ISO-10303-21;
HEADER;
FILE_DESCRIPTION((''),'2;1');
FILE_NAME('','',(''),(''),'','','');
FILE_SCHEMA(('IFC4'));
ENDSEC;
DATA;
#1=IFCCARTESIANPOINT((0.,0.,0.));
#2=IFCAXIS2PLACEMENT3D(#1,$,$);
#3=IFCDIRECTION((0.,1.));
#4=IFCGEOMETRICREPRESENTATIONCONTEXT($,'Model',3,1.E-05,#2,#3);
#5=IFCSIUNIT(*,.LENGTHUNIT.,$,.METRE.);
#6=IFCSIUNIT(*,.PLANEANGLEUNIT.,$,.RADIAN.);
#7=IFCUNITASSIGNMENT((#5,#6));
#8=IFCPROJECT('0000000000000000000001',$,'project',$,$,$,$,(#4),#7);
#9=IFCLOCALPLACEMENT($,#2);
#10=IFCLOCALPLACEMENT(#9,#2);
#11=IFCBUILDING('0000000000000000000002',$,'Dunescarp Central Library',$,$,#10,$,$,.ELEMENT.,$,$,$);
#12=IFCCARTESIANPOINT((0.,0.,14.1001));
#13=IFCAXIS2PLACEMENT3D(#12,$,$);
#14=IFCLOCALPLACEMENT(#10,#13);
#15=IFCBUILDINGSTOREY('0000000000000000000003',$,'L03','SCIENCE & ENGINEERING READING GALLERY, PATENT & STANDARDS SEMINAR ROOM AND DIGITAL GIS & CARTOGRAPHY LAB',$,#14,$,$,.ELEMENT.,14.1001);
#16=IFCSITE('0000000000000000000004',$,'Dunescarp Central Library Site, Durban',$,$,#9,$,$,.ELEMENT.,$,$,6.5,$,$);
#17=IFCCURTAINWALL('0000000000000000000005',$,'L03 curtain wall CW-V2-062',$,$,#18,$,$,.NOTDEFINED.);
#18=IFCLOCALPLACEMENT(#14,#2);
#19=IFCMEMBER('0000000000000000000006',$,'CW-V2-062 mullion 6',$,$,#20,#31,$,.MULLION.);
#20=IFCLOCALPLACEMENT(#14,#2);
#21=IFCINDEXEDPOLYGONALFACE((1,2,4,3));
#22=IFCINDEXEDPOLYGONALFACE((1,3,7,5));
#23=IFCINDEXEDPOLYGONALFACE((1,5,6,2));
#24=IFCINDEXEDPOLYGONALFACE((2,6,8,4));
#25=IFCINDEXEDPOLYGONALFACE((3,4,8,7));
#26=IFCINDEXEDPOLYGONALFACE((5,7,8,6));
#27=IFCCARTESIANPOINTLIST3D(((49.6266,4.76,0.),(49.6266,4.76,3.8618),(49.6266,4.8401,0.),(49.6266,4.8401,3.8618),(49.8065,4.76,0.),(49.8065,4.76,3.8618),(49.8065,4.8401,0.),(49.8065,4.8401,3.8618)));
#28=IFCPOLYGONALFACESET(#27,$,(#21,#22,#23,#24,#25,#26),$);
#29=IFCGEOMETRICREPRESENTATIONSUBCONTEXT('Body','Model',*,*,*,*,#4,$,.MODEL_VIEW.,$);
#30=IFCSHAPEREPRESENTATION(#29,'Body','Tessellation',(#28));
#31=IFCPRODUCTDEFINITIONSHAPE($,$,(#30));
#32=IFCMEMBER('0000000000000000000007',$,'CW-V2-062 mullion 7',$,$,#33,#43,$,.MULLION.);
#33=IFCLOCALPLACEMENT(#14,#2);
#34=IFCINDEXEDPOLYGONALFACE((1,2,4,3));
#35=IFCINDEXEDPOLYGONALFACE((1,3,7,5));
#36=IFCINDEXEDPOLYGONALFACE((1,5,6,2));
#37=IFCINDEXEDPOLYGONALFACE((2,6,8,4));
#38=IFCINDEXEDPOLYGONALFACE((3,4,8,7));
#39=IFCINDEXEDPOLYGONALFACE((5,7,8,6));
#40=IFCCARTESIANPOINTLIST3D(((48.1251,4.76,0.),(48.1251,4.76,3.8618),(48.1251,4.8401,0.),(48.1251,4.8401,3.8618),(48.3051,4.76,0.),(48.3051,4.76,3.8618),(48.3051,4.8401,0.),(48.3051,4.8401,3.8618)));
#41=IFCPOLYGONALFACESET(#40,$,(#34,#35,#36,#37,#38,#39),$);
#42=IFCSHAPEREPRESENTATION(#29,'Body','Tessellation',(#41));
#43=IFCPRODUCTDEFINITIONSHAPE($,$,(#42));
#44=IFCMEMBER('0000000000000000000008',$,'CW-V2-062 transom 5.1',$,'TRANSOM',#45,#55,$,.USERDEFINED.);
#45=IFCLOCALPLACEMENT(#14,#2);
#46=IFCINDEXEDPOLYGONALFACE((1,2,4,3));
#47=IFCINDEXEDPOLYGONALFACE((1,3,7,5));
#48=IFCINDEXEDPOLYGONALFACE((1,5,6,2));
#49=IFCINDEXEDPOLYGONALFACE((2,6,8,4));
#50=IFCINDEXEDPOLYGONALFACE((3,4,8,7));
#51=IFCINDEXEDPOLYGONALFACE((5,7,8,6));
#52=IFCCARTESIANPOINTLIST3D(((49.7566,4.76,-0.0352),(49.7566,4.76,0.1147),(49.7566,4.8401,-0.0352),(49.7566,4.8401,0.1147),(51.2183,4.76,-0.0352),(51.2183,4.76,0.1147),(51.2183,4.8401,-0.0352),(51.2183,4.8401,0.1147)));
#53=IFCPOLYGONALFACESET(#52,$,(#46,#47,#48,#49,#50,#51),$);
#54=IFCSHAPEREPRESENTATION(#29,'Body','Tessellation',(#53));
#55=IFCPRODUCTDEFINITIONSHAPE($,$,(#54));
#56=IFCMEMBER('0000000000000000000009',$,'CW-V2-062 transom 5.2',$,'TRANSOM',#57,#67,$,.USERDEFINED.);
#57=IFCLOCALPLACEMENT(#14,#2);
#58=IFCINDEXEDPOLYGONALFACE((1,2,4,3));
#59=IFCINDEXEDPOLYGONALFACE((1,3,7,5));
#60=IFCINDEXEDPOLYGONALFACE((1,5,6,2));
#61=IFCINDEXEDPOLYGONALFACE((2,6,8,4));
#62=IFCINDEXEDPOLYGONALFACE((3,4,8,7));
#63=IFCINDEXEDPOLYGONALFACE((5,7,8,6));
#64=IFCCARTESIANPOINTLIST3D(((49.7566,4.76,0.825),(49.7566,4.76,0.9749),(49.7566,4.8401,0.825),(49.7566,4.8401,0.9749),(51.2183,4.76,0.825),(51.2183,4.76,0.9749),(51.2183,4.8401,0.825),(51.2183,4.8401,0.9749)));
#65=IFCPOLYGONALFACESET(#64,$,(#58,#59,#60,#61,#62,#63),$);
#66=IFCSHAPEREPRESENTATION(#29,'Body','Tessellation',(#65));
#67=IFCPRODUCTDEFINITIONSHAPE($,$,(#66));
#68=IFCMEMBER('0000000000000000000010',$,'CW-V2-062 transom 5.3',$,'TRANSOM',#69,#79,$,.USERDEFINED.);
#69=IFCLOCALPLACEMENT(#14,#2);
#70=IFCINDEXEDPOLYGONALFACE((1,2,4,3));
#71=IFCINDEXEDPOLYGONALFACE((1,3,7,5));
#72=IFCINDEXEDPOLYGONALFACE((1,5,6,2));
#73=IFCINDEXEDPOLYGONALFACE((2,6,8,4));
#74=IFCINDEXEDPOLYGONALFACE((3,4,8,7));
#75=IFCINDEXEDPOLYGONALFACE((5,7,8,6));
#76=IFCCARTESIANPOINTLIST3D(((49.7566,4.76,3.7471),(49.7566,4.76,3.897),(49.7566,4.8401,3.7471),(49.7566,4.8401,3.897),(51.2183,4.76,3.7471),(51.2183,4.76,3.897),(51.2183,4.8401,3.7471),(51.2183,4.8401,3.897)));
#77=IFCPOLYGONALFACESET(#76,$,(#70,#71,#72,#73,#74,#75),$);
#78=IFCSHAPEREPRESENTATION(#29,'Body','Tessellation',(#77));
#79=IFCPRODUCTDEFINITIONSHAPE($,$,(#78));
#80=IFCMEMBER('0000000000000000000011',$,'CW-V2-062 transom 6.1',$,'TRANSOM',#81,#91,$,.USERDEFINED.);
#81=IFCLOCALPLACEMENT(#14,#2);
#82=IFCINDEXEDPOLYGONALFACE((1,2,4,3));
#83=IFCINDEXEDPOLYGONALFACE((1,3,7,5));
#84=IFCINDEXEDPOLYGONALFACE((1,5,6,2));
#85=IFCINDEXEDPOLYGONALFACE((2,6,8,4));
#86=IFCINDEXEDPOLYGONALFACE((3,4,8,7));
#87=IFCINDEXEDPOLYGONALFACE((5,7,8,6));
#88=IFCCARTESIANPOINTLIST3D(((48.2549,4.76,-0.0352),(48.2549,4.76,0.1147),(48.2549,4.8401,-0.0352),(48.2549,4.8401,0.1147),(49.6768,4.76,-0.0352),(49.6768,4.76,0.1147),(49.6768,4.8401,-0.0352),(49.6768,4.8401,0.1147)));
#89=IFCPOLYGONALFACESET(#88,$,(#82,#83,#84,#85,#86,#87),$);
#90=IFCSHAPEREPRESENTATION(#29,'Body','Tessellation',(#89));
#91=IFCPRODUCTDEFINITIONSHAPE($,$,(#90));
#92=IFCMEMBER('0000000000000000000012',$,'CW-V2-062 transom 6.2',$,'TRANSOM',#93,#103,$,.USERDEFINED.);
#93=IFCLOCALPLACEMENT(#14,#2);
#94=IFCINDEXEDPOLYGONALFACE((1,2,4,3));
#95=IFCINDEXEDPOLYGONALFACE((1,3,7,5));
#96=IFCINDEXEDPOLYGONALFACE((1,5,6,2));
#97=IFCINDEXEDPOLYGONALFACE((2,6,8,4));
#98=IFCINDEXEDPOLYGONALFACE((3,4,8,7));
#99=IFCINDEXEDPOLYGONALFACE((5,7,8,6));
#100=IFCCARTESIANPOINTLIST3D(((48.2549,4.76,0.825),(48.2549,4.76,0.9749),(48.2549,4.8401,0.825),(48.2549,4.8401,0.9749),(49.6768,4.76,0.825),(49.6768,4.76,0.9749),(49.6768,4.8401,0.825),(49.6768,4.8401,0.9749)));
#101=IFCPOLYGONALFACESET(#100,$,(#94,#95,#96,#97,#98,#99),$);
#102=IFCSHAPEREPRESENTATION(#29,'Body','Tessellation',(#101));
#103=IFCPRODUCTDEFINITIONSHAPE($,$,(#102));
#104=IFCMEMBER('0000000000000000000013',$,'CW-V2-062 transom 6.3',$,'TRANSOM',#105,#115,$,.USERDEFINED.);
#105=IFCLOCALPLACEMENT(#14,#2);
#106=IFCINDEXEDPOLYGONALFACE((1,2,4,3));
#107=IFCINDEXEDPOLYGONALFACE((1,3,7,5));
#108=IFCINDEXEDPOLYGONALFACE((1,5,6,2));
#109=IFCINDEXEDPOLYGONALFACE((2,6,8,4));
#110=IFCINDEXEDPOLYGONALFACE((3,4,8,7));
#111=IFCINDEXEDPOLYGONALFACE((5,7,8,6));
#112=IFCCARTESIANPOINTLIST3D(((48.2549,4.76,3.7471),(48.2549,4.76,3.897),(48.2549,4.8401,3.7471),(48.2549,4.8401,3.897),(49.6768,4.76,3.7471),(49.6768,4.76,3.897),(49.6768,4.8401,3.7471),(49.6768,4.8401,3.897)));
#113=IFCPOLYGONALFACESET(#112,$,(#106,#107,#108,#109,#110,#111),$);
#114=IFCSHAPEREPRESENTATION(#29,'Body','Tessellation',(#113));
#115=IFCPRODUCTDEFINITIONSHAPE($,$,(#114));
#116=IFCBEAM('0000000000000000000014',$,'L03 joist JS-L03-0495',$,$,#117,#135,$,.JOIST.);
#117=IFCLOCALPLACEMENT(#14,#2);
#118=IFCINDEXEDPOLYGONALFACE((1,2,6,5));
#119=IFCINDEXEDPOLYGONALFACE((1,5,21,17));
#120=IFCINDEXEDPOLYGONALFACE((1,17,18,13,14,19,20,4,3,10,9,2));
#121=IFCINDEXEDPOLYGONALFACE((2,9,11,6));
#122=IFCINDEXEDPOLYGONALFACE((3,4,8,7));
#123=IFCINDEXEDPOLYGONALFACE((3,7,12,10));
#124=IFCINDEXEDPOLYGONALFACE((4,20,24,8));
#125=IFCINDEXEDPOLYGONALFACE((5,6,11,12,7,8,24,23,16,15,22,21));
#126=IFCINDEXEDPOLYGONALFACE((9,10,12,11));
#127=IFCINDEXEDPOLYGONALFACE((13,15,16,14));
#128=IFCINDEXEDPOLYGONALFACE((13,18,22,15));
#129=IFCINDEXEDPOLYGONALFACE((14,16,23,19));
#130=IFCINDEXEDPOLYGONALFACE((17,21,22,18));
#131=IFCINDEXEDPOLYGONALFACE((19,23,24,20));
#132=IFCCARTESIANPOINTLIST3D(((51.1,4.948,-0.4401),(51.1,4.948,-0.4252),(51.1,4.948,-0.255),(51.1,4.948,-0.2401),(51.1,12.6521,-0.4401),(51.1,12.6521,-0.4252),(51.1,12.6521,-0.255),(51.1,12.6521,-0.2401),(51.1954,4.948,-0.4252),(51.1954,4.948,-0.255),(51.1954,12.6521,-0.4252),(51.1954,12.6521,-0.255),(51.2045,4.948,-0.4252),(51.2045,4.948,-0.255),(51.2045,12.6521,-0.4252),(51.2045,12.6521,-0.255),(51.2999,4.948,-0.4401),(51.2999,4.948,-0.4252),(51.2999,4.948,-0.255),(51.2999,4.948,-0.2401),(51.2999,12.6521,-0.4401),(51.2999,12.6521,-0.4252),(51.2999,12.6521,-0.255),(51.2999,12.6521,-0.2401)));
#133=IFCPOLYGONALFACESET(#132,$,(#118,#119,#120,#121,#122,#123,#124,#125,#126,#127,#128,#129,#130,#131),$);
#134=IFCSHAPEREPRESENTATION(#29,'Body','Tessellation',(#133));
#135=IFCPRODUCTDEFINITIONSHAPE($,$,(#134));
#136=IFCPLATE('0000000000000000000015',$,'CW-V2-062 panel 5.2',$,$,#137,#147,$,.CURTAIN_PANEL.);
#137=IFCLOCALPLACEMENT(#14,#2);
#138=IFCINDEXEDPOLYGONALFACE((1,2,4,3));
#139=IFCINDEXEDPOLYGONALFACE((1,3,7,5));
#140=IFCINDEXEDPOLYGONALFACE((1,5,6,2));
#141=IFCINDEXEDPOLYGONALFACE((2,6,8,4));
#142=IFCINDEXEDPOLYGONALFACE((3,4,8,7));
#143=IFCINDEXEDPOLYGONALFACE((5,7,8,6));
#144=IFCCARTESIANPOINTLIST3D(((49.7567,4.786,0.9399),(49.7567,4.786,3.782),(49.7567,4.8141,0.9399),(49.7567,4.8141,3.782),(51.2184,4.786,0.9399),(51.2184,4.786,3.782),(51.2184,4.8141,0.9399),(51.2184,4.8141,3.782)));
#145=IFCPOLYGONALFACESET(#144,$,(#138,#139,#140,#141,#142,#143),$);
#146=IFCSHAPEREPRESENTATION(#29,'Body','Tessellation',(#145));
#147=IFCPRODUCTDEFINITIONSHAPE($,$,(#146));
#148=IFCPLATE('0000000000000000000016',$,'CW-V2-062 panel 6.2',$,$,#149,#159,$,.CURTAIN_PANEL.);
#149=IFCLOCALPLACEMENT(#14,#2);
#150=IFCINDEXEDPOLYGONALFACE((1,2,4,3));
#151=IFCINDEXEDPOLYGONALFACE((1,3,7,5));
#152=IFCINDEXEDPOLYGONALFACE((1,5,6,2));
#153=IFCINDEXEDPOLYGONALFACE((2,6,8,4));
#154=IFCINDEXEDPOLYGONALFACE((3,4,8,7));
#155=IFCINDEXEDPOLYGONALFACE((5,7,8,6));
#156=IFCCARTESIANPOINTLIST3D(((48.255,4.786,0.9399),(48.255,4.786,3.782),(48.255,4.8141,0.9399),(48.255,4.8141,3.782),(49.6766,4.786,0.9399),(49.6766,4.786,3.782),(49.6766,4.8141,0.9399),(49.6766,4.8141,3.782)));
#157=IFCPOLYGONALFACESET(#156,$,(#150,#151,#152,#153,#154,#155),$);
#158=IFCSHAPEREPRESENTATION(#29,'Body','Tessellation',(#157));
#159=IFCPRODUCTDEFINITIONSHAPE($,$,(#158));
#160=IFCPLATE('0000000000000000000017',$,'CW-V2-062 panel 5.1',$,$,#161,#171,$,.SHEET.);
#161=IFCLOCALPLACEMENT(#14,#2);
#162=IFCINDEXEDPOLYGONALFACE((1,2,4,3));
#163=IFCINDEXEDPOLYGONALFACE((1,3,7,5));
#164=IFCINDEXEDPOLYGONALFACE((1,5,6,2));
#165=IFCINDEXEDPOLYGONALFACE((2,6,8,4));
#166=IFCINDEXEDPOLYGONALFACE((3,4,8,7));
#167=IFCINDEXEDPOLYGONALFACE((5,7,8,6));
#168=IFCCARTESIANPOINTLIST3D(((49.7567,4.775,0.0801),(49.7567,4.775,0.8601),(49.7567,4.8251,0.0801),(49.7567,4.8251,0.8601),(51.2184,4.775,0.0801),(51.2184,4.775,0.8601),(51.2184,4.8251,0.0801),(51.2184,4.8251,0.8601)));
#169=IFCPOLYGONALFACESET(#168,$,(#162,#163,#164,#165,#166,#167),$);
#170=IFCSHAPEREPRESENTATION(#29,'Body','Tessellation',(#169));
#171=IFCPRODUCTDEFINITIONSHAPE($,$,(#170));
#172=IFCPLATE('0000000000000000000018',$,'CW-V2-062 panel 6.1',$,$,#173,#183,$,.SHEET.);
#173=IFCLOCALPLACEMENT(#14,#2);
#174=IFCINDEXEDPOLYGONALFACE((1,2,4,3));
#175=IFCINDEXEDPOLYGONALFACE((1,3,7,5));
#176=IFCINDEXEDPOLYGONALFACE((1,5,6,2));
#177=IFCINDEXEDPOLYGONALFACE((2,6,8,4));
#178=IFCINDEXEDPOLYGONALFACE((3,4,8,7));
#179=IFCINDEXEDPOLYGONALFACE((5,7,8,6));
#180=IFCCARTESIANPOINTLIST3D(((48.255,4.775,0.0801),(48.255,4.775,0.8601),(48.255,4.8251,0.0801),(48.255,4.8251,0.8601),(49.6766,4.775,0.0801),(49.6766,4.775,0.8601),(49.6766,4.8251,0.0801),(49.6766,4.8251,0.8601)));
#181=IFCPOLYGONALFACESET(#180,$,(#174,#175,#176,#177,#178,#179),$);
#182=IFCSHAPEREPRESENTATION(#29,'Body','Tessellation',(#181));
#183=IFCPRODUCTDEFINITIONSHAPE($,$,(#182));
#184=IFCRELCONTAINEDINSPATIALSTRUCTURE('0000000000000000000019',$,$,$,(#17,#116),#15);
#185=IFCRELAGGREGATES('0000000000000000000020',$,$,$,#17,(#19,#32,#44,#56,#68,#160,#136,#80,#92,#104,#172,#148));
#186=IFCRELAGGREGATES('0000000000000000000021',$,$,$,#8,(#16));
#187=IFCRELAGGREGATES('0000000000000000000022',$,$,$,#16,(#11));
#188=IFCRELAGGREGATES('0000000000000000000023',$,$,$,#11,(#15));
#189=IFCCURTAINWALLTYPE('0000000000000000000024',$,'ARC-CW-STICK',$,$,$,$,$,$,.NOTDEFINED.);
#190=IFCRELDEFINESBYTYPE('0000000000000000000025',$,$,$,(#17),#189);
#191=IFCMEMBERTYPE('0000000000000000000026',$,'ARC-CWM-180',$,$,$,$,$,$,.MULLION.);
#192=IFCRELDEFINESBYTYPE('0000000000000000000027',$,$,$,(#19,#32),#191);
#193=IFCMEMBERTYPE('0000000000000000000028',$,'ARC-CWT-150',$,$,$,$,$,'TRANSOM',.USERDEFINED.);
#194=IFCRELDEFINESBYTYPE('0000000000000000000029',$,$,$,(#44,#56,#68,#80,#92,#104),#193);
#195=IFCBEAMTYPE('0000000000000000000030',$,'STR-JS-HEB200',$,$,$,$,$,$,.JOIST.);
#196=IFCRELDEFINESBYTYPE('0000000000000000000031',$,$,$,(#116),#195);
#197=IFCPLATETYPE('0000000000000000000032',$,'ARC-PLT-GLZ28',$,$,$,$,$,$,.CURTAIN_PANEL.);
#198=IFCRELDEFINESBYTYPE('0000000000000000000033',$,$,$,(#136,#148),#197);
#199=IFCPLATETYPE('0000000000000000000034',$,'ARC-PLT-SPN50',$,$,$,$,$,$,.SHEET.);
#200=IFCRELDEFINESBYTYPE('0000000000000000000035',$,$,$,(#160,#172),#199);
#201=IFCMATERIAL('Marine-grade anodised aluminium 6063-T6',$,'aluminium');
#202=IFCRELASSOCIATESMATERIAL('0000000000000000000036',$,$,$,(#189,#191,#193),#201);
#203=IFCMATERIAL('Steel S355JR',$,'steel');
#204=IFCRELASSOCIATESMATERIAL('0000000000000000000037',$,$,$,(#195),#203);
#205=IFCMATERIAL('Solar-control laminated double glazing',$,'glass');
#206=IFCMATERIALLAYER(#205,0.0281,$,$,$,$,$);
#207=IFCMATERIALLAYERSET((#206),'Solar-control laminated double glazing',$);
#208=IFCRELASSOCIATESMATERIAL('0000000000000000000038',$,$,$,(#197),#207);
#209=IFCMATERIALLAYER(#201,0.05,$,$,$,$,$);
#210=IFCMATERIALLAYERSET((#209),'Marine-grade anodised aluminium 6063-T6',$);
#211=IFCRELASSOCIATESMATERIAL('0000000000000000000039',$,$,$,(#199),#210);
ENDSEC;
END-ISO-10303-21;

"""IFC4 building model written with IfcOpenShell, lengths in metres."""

from ifc_helpers import new_model, si_unit, direction, frame, origin, origin_2d, place, context, subcontext, project, spatial, rectangle, i_section, extrude, material, layer, layer_set, material_profile, profile_set, type_object, element, aggregate, save


model = new_model("IFC4")

# Units and contexts
model_context = context("Model", 3, precision=1e-05, world=origin(), true_north=direction((0.0, 1.0)))
body_context = subcontext(model_context, "Body", "Model", "MODEL_VIEW")
ifc_project = project(units=[si_unit("LENGTHUNIT", "METRE"), si_unit("PLANEANGLEUNIT", "RADIAN")], contexts=[model_context])

# Site, building, storey
site_placement = place(None, origin())
site = spatial("IfcSite", under=ifc_project, at=site_placement, Name="Dunescarp Central Library Site, Durban", CompositionType="ELEMENT", RefElevation=6.5)
building_placement = place(site_placement, origin())
building = spatial("IfcBuilding", under=site, at=building_placement, Name="Dunescarp Central Library", CompositionType="ELEMENT")
storey_placement = place(building_placement, frame((0.0, 0.0, 14.1001)))
storey = spatial("IfcBuildingStorey", under=building, at=storey_placement, Name="L03", Description="SCIENCE & ENGINEERING READING GALLERY, PATENT & STANDARDS SEMINAR ROOM AND DIGITAL GIS & CARTOGRAPHY LAB", CompositionType="ELEMENT", Elevation=14.1001)

# Curtain wall, members
ifc_material_1 = material(Name="Marine-grade anodised aluminium 6063-T6", Category="aluminium")
curtain_wall_type = type_object("IfcCurtainWallType", Name="ARC-CW-STICK", PredefinedType="NOTDEFINED", material=ifc_material_1)
curtain_wall_placement = place(storey_placement, origin())
curtain_wall = element("IfcCurtainWall", 1, at=curtain_wall_placement, inside=storey, type_object=curtain_wall_type, Name="L03 curtain wall CW-V2-062", PredefinedType="NOTDEFINED")
ifc_material_profile_1 = material_profile(ifc_material_1, rectangle(XDim=0.0801, YDim=0.1799, at=origin_2d()), Name="AL 80x180")
ifc_profile_set_1 = profile_set([ifc_material_profile_1], Name="Marine-grade anodised aluminium 6063-T6")
member_type_1 = type_object("IfcMemberType", Name="ARC-CWM-180", PredefinedType="MULLION", material=ifc_profile_set_1)
member_1_placement = place(storey_placement, frame((49.7166, 4.8, 0.0), z_axis=(0.0, 0.0, 1.0), x_axis=(0.0, -1.0, 0.0)))
member_1 = element("IfcMember", 2, at=member_1_placement, type_object=member_type_1, Name="CW-V2-062 mullion 6", PredefinedType="MULLION", context=body_context, shape_type="SweptSolid", body=[
    extrude(rectangle(XDim=0.0801, YDim=0.1799, at=origin_2d()), origin(), (0.0, 0.0, 1.0), 3.8618),
])
member_2_placement = place(storey_placement, frame((48.2151, 4.8, 0.0), z_axis=(0.0, 0.0, 1.0), x_axis=(0.0, -1.0, 0.0)))
member_2 = element("IfcMember", 3, at=member_2_placement, type_object=member_type_1, Name="CW-V2-062 mullion 7", PredefinedType="MULLION", context=body_context, shape_type="SweptSolid", body=[
    extrude(rectangle(XDim=0.0801, YDim=0.1799, at=origin_2d()), origin(), (0.0, 0.0, 1.0), 3.8618),
])
ifc_material_profile_2 = material_profile(ifc_material_1, rectangle(XDim=0.0801, YDim=0.1499, at=origin_2d()), Name="AL 80x150")
ifc_profile_set_2 = profile_set([ifc_material_profile_2], Name="Marine-grade anodised aluminium 6063-T6")
member_type_2 = type_object("IfcMemberType", Name="ARC-CWT-150", ElementType="TRANSOM", PredefinedType="USERDEFINED", material=ifc_profile_set_2)
member_3_placement = place(storey_placement, frame((51.2183, 4.8, 0.0398), z_axis=(-1.0, 0.0, 0.0), x_axis=(0.0, -1.0, 0.0)))
member_3 = element("IfcMember", 4, at=member_3_placement, type_object=member_type_2, Name="CW-V2-062 transom 5.1", ObjectType="TRANSOM", PredefinedType="USERDEFINED", context=body_context, shape_type="SweptSolid", body=[
    extrude(rectangle(XDim=0.0801, YDim=0.1499, at=origin_2d()), origin(), (0.0, 0.0, 1.0), 1.4617),
])
member_4_placement = place(storey_placement, frame((51.2183, 4.8, 0.8999), z_axis=(-1.0, 0.0, 0.0), x_axis=(0.0, -1.0, 0.0)))
member_4 = element("IfcMember", 5, at=member_4_placement, type_object=member_type_2, Name="CW-V2-062 transom 5.2", ObjectType="TRANSOM", PredefinedType="USERDEFINED", context=body_context, shape_type="SweptSolid", body=[
    extrude(rectangle(XDim=0.0801, YDim=0.1499, at=origin_2d()), origin(), (0.0, 0.0, 1.0), 1.4617),
])
member_5_placement = place(storey_placement, frame((51.2183, 4.8, 3.822), z_axis=(-1.0, 0.0, 0.0), x_axis=(0.0, -1.0, 0.0)))
member_5 = element("IfcMember", 6, at=member_5_placement, type_object=member_type_2, Name="CW-V2-062 transom 5.3", ObjectType="TRANSOM", PredefinedType="USERDEFINED", context=body_context, shape_type="SweptSolid", body=[
    extrude(rectangle(XDim=0.0801, YDim=0.1499, at=origin_2d()), origin(), (0.0, 0.0, 1.0), 1.4617),
])
member_6_placement = place(storey_placement, frame((49.6768, 4.8, 0.0398), z_axis=(-1.0, 0.0, 0.0), x_axis=(0.0, -1.0, 0.0)))
member_6 = element("IfcMember", 7, at=member_6_placement, type_object=member_type_2, Name="CW-V2-062 transom 6.1", ObjectType="TRANSOM", PredefinedType="USERDEFINED", context=body_context, shape_type="SweptSolid", body=[
    extrude(rectangle(XDim=0.0801, YDim=0.1499, at=origin_2d()), origin(), (0.0, 0.0, 1.0), 1.4219),
])
member_7_placement = place(storey_placement, frame((49.6768, 4.8, 0.8999), z_axis=(-1.0, 0.0, 0.0), x_axis=(0.0, -1.0, 0.0)))
member_7 = element("IfcMember", 8, at=member_7_placement, type_object=member_type_2, Name="CW-V2-062 transom 6.2", ObjectType="TRANSOM", PredefinedType="USERDEFINED", context=body_context, shape_type="SweptSolid", body=[
    extrude(rectangle(XDim=0.0801, YDim=0.1499, at=origin_2d()), origin(), (0.0, 0.0, 1.0), 1.4219),
])
member_8_placement = place(storey_placement, frame((49.6768, 4.8, 3.822), z_axis=(-1.0, 0.0, 0.0), x_axis=(0.0, -1.0, 0.0)))
member_8 = element("IfcMember", 9, at=member_8_placement, type_object=member_type_2, Name="CW-V2-062 transom 6.3", ObjectType="TRANSOM", PredefinedType="USERDEFINED", context=body_context, shape_type="SweptSolid", body=[
    extrude(rectangle(XDim=0.0801, YDim=0.1499, at=origin_2d()), origin(), (0.0, 0.0, 1.0), 1.4219),
])

# Beam
ifc_material_2 = material(Name="Steel S355JR", Category="steel")
ifc_material_profile_3 = material_profile(ifc_material_2, i_section(OverallWidth=0.2, OverallDepth=0.2, WebThickness=0.009, FlangeThickness=0.0149, at=origin_2d()), Name="HEB 200")
ifc_profile_set_3 = profile_set([ifc_material_profile_3], Name="Steel S355JR")
beam_type = type_object("IfcBeamType", Name="STR-JS-HEB200", PredefinedType="JOIST", material=ifc_profile_set_3)
beam_placement = place(storey_placement, frame((51.2, 4.948, -0.3401), z_axis=(0.0, 1.0, 0.0), x_axis=(-1.0, 0.0, 0.0)))
element("IfcBeam", 10, at=beam_placement, inside=storey, type_object=beam_type, Name="L03 joist JS-L03-0495", PredefinedType="JOIST", context=body_context, shape_type="SweptSolid", body=[
    extrude(i_section(OverallWidth=0.2, OverallDepth=0.2, WebThickness=0.009, FlangeThickness=0.0149, at=origin_2d()), origin(), (0.0, 0.0, 1.0), 7.7041),
])

# Plates
ifc_material_3 = material(Name="Solar-control laminated double glazing", Category="glass")
ifc_layer_1 = layer(ifc_material_3, 0.0281)
ifc_layer_set_1 = layer_set([ifc_layer_1], Name="Solar-control laminated double glazing")
plate_type_1 = type_object("IfcPlateType", Name="ARC-PLT-GLZ28", PredefinedType="CURTAIN_PANEL", material=ifc_layer_set_1)
plate_1_placement = place(storey_placement, frame((50.4875, 4.8, 0.9399), z_axis=(0.0, 0.0, 1.0), x_axis=(-1.0, 0.0, 0.0)))
plate_1 = element("IfcPlate", 11, at=plate_1_placement, type_object=plate_type_1, Name="CW-V2-062 panel 5.2", PredefinedType="CURTAIN_PANEL", context=body_context, shape_type="SweptSolid", body=[
    extrude(rectangle(XDim=1.4617, YDim=0.0281, at=origin_2d()), origin(), (0.0, 0.0, 1.0), 2.842),
])
plate_2_placement = place(storey_placement, frame((48.9658, 4.8, 0.9399), z_axis=(0.0, 0.0, 1.0), x_axis=(-1.0, 0.0, 0.0)))
plate_2 = element("IfcPlate", 12, at=plate_2_placement, type_object=plate_type_1, Name="CW-V2-062 panel 6.2", PredefinedType="CURTAIN_PANEL", context=body_context, shape_type="SweptSolid", body=[
    extrude(rectangle(XDim=1.4216, YDim=0.0281, at=origin_2d()), origin(), (0.0, 0.0, 1.0), 2.842),
])
ifc_layer_2 = layer(ifc_material_1, 0.05)
ifc_layer_set_2 = layer_set([ifc_layer_2], Name="Marine-grade anodised aluminium 6063-T6")
plate_type_2 = type_object("IfcPlateType", Name="ARC-PLT-SPN50", PredefinedType="SHEET", material=ifc_layer_set_2)
plate_3_placement = place(storey_placement, frame((50.4875, 4.8, 0.0801), z_axis=(0.0, 0.0, 1.0), x_axis=(-1.0, 0.0, 0.0)))
plate_3 = element("IfcPlate", 13, at=plate_3_placement, type_object=plate_type_2, Name="CW-V2-062 panel 5.1", PredefinedType="SHEET", context=body_context, shape_type="SweptSolid", body=[
    extrude(rectangle(XDim=1.4617, YDim=0.05, at=origin_2d()), origin(), (0.0, 0.0, 1.0), 0.78),
])
plate_4_placement = place(storey_placement, frame((48.9658, 4.8, 0.0801), z_axis=(0.0, 0.0, 1.0), x_axis=(-1.0, 0.0, 0.0)))
plate_4 = element("IfcPlate", 14, at=plate_4_placement, type_object=plate_type_2, Name="CW-V2-062 panel 6.1", PredefinedType="SHEET", context=body_context, shape_type="SweptSolid", body=[
    extrude(rectangle(XDim=1.4216, YDim=0.05, at=origin_2d()), origin(), (0.0, 0.0, 1.0), 0.78),
])
aggregate(curtain_wall, [member_1, member_2, member_3, member_4, member_5, plate_3, plate_1, member_6, member_7, member_8, plate_4, plate_2])

save(model, "model.ifc")
